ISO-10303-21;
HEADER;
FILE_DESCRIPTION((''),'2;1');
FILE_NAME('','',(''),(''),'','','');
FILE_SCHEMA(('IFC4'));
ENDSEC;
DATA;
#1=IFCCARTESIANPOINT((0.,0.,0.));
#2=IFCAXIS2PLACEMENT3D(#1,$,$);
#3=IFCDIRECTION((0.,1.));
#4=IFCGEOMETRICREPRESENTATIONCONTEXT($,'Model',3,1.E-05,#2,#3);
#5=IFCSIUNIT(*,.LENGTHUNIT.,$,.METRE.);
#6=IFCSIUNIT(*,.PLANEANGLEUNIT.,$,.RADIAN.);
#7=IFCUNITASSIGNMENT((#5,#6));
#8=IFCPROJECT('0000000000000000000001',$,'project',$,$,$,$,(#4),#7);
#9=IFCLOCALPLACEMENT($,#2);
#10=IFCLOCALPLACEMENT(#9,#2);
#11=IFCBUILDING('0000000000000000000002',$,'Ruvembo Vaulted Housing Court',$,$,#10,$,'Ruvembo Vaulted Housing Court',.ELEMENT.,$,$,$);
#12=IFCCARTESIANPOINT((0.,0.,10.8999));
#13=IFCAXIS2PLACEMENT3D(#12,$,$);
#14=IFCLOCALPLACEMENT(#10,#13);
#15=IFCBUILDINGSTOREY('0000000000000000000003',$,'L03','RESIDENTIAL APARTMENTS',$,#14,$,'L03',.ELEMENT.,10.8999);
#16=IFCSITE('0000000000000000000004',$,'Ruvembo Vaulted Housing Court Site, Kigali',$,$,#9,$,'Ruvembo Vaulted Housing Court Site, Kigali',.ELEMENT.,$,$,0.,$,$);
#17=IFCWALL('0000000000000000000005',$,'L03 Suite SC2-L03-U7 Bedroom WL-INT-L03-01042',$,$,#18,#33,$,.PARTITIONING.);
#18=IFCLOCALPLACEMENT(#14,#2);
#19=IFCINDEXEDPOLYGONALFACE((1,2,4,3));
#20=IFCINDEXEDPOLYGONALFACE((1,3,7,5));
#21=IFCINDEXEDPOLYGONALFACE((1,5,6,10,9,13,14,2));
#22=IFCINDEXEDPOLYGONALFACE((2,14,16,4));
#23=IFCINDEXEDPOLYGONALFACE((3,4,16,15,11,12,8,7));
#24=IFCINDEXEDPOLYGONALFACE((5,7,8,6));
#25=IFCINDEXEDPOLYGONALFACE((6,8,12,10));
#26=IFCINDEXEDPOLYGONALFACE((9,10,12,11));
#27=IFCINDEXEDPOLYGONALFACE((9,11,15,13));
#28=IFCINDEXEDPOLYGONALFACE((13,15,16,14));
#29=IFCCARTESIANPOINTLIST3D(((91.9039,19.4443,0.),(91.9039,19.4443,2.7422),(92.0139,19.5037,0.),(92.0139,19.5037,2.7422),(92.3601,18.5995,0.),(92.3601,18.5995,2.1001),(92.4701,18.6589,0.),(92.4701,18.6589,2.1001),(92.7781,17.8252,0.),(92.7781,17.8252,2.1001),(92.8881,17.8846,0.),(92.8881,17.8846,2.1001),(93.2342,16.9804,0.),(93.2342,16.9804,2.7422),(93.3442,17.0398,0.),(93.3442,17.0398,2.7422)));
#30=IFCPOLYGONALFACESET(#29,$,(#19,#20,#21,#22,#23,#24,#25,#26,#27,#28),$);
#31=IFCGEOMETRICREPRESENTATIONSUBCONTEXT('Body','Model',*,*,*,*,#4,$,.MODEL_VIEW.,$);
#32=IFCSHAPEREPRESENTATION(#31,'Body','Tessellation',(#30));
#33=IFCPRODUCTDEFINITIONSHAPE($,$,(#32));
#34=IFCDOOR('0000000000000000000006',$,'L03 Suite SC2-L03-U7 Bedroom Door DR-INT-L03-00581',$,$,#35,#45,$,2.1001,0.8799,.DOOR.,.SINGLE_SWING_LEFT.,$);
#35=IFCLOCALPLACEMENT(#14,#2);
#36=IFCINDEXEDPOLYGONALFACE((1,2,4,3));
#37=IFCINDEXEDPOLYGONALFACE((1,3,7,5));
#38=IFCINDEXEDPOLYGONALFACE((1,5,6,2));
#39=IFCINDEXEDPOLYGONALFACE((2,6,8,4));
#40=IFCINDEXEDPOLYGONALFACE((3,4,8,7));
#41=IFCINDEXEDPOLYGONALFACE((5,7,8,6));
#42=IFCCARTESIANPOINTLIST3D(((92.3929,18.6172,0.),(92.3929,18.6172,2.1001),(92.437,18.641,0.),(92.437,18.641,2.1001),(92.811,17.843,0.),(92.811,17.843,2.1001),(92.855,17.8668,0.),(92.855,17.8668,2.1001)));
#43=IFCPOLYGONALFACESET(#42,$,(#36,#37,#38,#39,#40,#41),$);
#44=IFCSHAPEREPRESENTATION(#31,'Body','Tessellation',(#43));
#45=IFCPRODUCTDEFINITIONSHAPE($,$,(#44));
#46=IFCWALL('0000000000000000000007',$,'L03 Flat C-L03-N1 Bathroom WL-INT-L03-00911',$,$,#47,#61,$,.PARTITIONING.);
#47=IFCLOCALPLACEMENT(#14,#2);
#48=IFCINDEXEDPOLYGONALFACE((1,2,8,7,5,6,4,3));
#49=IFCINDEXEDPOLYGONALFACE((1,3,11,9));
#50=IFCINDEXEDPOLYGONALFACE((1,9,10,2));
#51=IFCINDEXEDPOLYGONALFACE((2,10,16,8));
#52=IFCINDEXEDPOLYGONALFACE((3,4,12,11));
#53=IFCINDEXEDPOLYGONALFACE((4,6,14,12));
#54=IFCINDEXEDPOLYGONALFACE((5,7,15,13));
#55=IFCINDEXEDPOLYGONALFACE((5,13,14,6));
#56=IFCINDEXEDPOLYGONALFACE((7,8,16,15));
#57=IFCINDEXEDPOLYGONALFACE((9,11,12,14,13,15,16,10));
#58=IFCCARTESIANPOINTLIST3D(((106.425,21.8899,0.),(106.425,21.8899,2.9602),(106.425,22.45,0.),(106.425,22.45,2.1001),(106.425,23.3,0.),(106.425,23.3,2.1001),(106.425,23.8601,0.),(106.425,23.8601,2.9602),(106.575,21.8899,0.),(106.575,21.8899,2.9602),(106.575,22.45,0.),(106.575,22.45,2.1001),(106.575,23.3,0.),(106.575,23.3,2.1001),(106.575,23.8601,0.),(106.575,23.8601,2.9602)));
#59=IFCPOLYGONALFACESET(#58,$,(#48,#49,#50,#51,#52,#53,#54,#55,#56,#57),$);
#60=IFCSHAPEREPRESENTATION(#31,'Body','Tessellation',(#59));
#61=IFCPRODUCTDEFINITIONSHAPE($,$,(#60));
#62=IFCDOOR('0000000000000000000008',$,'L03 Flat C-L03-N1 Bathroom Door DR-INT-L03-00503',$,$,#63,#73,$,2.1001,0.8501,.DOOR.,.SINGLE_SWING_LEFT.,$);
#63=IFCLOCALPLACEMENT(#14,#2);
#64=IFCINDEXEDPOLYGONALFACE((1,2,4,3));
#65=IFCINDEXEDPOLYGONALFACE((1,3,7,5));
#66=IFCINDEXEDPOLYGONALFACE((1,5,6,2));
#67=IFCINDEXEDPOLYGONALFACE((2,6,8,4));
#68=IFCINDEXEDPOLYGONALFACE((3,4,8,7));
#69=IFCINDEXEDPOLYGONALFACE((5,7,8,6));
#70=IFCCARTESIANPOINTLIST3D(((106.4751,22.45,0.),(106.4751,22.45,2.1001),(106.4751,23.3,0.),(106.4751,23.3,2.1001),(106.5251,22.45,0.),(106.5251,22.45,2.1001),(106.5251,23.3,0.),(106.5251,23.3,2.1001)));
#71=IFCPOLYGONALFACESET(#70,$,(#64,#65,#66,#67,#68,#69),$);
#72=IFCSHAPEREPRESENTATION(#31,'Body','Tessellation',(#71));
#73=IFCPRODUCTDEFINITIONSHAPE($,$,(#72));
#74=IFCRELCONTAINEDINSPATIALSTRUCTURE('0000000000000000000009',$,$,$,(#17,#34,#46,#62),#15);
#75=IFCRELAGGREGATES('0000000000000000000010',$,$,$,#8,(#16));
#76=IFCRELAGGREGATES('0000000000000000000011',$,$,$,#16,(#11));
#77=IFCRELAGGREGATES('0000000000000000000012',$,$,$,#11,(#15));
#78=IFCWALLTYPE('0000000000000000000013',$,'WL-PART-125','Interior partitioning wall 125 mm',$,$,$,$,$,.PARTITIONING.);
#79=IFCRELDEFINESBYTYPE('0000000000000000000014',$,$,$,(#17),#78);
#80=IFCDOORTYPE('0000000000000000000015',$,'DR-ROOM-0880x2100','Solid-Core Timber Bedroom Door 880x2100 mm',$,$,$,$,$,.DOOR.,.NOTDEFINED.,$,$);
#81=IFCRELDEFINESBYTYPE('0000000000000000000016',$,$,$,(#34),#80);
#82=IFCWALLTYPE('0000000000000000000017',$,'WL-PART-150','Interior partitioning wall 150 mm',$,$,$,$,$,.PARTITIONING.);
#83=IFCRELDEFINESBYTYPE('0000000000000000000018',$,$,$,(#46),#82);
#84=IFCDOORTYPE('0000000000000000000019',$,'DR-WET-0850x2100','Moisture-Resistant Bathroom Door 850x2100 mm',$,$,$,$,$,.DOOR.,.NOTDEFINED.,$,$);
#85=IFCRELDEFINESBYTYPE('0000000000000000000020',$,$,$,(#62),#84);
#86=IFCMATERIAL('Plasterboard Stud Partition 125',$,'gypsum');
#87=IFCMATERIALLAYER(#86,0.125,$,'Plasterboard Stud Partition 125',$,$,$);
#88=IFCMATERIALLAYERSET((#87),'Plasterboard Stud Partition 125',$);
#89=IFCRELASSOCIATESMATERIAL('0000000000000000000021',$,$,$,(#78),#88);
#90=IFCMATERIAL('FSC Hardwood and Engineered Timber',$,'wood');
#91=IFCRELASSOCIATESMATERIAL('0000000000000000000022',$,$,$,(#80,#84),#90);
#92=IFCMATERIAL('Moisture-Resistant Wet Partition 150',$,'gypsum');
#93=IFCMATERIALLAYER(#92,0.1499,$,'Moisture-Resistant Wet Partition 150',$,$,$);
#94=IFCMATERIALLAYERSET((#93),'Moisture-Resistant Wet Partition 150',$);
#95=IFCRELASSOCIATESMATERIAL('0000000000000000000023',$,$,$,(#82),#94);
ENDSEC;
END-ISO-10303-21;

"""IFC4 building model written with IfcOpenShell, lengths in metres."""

from ifc_helpers import new_model, si_unit, direction, frame, frame_2d, origin, place, context, subcontext, project, spatial, rectangle, extrude, material, layer, layer_set, type_object, element, fill, save


model = new_model("IFC4")

# Units and contexts
model_context = context("Model", 3, precision=1e-05, world=origin(), true_north=direction((0.0, 1.0)))
body_context = subcontext(model_context, "Body", "Model", "MODEL_VIEW")
ifc_project = project(units=[si_unit("LENGTHUNIT", "METRE"), si_unit("PLANEANGLEUNIT", "RADIAN")], contexts=[model_context])

# Site, building, storey
site_placement = place(None, origin())
site = spatial("IfcSite", under=ifc_project, at=site_placement, Name="Ruvembo Vaulted Housing Court Site, Kigali", LongName="Ruvembo Vaulted Housing Court Site, Kigali", CompositionType="ELEMENT", RefElevation=0.0)
building_placement = place(site_placement, origin())
building = spatial("IfcBuilding", under=site, at=building_placement, Name="Ruvembo Vaulted Housing Court", LongName="Ruvembo Vaulted Housing Court", CompositionType="ELEMENT")
storey_placement = place(building_placement, frame((0.0, 0.0, 10.8999)))
storey = spatial("IfcBuildingStorey", under=building, at=storey_placement, Name="L03", Description="RESIDENTIAL APARTMENTS", LongName="L03", CompositionType="ELEMENT", Elevation=10.8999)

# Shared definitions
ifc_material_1 = material(Name="FSC Hardwood and Engineered Timber", Category="wood")

# Walls, openings, doors
ifc_material_2 = material(Name="Plasterboard Stud Partition 125", Category="gypsum")
ifc_layer_1 = layer(ifc_material_2, 0.125, Name="Plasterboard Stud Partition 125")
ifc_layer_set_1 = layer_set([ifc_layer_1], Name="Plasterboard Stud Partition 125")
wall_type_1 = type_object("IfcWallType", Name="WL-PART-125", Description="Interior partitioning wall 125 mm", PredefinedType="PARTITIONING", material=ifc_layer_set_1)
wall_1_placement = place(storey_placement, frame((91.959, 19.4739, 0.0), z_axis=(0.0, 0.0, 1.0), x_axis=(0.475103, -0.87993, 0.0)))
wall_1 = element("IfcWall", 1, at=wall_1_placement, inside=storey, type_object=wall_type_1, Name="L03 Suite SC2-L03-U7 Bedroom WL-INT-L03-01042", PredefinedType="PARTITIONING", context=body_context, shape_type="SweptSolid", body=[
    extrude(rectangle(XDim=2.8, YDim=0.125, at=frame_2d((1.3999, 0.0))), origin(), (0.0, 0.0, 1.0), 2.7422),
])
opening_1_placement = place(wall_1_placement, frame((0.96, 0.0, 0.0)))
opening_1 = element("IfcOpeningElement", 2, at=opening_1_placement, cuts=wall_1, PredefinedType="OPENING", context=body_context, shape_type="SweptSolid", body=[
    extrude(rectangle(XDim=0.8799, YDim=2.1001, at=frame_2d((0.4399, 1.05))), frame((0.0, 0.0725, 0.0), z_axis=(0.0, -1.0, 0.0), x_axis=(1.0, 0.0, 0.0)), (0.0, 0.0, 1.0), 0.145),
])
door_type_1 = type_object("IfcDoorType", Name="DR-ROOM-0880x2100", Description="Solid-Core Timber Bedroom Door 880x2100 mm", OperationType="NOTDEFINED", PredefinedType="DOOR", material=ifc_material_1)
door_1_placement = place(opening_1_placement, origin())
door_1 = element("IfcDoor", 3, at=door_1_placement, inside=storey, type_object=door_type_1, Name="L03 Suite SC2-L03-U7 Bedroom Door DR-INT-L03-00581", OperationType="SINGLE_SWING_LEFT", OverallHeight=2.1001, OverallWidth=0.8799, PredefinedType="DOOR", context=body_context, shape_type="SweptSolid", body=[
    extrude(rectangle(XDim=0.8799, YDim=2.1001, at=frame_2d((0.4399, 1.05))), frame((0.0, 0.0249, 0.0), z_axis=(0.0, -1.0, 0.0), x_axis=(1.0, 0.0, 0.0)), (0.0, 0.0, 1.0), 0.05),
])
fill(opening_1, door_1)
ifc_material_3 = material(Name="Moisture-Resistant Wet Partition 150", Category="gypsum")
ifc_layer_2 = layer(ifc_material_3, 0.1499, Name="Moisture-Resistant Wet Partition 150")
ifc_layer_set_2 = layer_set([ifc_layer_2], Name="Moisture-Resistant Wet Partition 150")
wall_type_2 = type_object("IfcWallType", Name="WL-PART-150", Description="Interior partitioning wall 150 mm", PredefinedType="PARTITIONING", material=ifc_layer_set_2)
wall_2_placement = place(storey_placement, frame((106.5, 21.8899, 0.0), z_axis=(0.0, 0.0, 1.0), x_axis=(0.0, 1.0, 0.0)))
wall_2 = element("IfcWall", 4, at=wall_2_placement, inside=storey, type_object=wall_type_2, Name="L03 Flat C-L03-N1 Bathroom WL-INT-L03-00911", PredefinedType="PARTITIONING", context=body_context, shape_type="SweptSolid", body=[
    extrude(rectangle(XDim=1.9702, YDim=0.1499, at=frame_2d((0.9851, 0.0))), origin(), (0.0, 0.0, 1.0), 2.9602),
])
opening_2_placement = place(wall_2_placement, frame((0.5601, 0.0, 0.0)))
opening_2 = element("IfcOpeningElement", 5, at=opening_2_placement, cuts=wall_2, PredefinedType="OPENING", context=body_context, shape_type="SweptSolid", body=[
    extrude(rectangle(XDim=0.8501, YDim=2.1001, at=frame_2d((0.425, 1.05))), frame((0.0, 0.085, 0.0), z_axis=(0.0, -1.0, 0.0), x_axis=(1.0, 0.0, 0.0)), (0.0, 0.0, 1.0), 0.1699),
])
door_type_2 = type_object("IfcDoorType", Name="DR-WET-0850x2100", Description="Moisture-Resistant Bathroom Door 850x2100 mm", OperationType="NOTDEFINED", PredefinedType="DOOR", material=ifc_material_1)
door_2_placement = place(opening_2_placement, origin())
door_2 = element("IfcDoor", 6, at=door_2_placement, inside=storey, type_object=door_type_2, Name="L03 Flat C-L03-N1 Bathroom Door DR-INT-L03-00503", OperationType="SINGLE_SWING_LEFT", OverallHeight=2.1001, OverallWidth=0.8501, PredefinedType="DOOR", context=body_context, shape_type="SweptSolid", body=[
    extrude(rectangle(XDim=0.8501, YDim=2.1001, at=frame_2d((0.425, 1.05))), frame((0.0, 0.0249, 0.0), z_axis=(0.0, -1.0, 0.0), x_axis=(1.0, 0.0, 0.0)), (0.0, 0.0, 1.0), 0.05),
])
fill(opening_2, door_2)

save(model, "model.ifc")
